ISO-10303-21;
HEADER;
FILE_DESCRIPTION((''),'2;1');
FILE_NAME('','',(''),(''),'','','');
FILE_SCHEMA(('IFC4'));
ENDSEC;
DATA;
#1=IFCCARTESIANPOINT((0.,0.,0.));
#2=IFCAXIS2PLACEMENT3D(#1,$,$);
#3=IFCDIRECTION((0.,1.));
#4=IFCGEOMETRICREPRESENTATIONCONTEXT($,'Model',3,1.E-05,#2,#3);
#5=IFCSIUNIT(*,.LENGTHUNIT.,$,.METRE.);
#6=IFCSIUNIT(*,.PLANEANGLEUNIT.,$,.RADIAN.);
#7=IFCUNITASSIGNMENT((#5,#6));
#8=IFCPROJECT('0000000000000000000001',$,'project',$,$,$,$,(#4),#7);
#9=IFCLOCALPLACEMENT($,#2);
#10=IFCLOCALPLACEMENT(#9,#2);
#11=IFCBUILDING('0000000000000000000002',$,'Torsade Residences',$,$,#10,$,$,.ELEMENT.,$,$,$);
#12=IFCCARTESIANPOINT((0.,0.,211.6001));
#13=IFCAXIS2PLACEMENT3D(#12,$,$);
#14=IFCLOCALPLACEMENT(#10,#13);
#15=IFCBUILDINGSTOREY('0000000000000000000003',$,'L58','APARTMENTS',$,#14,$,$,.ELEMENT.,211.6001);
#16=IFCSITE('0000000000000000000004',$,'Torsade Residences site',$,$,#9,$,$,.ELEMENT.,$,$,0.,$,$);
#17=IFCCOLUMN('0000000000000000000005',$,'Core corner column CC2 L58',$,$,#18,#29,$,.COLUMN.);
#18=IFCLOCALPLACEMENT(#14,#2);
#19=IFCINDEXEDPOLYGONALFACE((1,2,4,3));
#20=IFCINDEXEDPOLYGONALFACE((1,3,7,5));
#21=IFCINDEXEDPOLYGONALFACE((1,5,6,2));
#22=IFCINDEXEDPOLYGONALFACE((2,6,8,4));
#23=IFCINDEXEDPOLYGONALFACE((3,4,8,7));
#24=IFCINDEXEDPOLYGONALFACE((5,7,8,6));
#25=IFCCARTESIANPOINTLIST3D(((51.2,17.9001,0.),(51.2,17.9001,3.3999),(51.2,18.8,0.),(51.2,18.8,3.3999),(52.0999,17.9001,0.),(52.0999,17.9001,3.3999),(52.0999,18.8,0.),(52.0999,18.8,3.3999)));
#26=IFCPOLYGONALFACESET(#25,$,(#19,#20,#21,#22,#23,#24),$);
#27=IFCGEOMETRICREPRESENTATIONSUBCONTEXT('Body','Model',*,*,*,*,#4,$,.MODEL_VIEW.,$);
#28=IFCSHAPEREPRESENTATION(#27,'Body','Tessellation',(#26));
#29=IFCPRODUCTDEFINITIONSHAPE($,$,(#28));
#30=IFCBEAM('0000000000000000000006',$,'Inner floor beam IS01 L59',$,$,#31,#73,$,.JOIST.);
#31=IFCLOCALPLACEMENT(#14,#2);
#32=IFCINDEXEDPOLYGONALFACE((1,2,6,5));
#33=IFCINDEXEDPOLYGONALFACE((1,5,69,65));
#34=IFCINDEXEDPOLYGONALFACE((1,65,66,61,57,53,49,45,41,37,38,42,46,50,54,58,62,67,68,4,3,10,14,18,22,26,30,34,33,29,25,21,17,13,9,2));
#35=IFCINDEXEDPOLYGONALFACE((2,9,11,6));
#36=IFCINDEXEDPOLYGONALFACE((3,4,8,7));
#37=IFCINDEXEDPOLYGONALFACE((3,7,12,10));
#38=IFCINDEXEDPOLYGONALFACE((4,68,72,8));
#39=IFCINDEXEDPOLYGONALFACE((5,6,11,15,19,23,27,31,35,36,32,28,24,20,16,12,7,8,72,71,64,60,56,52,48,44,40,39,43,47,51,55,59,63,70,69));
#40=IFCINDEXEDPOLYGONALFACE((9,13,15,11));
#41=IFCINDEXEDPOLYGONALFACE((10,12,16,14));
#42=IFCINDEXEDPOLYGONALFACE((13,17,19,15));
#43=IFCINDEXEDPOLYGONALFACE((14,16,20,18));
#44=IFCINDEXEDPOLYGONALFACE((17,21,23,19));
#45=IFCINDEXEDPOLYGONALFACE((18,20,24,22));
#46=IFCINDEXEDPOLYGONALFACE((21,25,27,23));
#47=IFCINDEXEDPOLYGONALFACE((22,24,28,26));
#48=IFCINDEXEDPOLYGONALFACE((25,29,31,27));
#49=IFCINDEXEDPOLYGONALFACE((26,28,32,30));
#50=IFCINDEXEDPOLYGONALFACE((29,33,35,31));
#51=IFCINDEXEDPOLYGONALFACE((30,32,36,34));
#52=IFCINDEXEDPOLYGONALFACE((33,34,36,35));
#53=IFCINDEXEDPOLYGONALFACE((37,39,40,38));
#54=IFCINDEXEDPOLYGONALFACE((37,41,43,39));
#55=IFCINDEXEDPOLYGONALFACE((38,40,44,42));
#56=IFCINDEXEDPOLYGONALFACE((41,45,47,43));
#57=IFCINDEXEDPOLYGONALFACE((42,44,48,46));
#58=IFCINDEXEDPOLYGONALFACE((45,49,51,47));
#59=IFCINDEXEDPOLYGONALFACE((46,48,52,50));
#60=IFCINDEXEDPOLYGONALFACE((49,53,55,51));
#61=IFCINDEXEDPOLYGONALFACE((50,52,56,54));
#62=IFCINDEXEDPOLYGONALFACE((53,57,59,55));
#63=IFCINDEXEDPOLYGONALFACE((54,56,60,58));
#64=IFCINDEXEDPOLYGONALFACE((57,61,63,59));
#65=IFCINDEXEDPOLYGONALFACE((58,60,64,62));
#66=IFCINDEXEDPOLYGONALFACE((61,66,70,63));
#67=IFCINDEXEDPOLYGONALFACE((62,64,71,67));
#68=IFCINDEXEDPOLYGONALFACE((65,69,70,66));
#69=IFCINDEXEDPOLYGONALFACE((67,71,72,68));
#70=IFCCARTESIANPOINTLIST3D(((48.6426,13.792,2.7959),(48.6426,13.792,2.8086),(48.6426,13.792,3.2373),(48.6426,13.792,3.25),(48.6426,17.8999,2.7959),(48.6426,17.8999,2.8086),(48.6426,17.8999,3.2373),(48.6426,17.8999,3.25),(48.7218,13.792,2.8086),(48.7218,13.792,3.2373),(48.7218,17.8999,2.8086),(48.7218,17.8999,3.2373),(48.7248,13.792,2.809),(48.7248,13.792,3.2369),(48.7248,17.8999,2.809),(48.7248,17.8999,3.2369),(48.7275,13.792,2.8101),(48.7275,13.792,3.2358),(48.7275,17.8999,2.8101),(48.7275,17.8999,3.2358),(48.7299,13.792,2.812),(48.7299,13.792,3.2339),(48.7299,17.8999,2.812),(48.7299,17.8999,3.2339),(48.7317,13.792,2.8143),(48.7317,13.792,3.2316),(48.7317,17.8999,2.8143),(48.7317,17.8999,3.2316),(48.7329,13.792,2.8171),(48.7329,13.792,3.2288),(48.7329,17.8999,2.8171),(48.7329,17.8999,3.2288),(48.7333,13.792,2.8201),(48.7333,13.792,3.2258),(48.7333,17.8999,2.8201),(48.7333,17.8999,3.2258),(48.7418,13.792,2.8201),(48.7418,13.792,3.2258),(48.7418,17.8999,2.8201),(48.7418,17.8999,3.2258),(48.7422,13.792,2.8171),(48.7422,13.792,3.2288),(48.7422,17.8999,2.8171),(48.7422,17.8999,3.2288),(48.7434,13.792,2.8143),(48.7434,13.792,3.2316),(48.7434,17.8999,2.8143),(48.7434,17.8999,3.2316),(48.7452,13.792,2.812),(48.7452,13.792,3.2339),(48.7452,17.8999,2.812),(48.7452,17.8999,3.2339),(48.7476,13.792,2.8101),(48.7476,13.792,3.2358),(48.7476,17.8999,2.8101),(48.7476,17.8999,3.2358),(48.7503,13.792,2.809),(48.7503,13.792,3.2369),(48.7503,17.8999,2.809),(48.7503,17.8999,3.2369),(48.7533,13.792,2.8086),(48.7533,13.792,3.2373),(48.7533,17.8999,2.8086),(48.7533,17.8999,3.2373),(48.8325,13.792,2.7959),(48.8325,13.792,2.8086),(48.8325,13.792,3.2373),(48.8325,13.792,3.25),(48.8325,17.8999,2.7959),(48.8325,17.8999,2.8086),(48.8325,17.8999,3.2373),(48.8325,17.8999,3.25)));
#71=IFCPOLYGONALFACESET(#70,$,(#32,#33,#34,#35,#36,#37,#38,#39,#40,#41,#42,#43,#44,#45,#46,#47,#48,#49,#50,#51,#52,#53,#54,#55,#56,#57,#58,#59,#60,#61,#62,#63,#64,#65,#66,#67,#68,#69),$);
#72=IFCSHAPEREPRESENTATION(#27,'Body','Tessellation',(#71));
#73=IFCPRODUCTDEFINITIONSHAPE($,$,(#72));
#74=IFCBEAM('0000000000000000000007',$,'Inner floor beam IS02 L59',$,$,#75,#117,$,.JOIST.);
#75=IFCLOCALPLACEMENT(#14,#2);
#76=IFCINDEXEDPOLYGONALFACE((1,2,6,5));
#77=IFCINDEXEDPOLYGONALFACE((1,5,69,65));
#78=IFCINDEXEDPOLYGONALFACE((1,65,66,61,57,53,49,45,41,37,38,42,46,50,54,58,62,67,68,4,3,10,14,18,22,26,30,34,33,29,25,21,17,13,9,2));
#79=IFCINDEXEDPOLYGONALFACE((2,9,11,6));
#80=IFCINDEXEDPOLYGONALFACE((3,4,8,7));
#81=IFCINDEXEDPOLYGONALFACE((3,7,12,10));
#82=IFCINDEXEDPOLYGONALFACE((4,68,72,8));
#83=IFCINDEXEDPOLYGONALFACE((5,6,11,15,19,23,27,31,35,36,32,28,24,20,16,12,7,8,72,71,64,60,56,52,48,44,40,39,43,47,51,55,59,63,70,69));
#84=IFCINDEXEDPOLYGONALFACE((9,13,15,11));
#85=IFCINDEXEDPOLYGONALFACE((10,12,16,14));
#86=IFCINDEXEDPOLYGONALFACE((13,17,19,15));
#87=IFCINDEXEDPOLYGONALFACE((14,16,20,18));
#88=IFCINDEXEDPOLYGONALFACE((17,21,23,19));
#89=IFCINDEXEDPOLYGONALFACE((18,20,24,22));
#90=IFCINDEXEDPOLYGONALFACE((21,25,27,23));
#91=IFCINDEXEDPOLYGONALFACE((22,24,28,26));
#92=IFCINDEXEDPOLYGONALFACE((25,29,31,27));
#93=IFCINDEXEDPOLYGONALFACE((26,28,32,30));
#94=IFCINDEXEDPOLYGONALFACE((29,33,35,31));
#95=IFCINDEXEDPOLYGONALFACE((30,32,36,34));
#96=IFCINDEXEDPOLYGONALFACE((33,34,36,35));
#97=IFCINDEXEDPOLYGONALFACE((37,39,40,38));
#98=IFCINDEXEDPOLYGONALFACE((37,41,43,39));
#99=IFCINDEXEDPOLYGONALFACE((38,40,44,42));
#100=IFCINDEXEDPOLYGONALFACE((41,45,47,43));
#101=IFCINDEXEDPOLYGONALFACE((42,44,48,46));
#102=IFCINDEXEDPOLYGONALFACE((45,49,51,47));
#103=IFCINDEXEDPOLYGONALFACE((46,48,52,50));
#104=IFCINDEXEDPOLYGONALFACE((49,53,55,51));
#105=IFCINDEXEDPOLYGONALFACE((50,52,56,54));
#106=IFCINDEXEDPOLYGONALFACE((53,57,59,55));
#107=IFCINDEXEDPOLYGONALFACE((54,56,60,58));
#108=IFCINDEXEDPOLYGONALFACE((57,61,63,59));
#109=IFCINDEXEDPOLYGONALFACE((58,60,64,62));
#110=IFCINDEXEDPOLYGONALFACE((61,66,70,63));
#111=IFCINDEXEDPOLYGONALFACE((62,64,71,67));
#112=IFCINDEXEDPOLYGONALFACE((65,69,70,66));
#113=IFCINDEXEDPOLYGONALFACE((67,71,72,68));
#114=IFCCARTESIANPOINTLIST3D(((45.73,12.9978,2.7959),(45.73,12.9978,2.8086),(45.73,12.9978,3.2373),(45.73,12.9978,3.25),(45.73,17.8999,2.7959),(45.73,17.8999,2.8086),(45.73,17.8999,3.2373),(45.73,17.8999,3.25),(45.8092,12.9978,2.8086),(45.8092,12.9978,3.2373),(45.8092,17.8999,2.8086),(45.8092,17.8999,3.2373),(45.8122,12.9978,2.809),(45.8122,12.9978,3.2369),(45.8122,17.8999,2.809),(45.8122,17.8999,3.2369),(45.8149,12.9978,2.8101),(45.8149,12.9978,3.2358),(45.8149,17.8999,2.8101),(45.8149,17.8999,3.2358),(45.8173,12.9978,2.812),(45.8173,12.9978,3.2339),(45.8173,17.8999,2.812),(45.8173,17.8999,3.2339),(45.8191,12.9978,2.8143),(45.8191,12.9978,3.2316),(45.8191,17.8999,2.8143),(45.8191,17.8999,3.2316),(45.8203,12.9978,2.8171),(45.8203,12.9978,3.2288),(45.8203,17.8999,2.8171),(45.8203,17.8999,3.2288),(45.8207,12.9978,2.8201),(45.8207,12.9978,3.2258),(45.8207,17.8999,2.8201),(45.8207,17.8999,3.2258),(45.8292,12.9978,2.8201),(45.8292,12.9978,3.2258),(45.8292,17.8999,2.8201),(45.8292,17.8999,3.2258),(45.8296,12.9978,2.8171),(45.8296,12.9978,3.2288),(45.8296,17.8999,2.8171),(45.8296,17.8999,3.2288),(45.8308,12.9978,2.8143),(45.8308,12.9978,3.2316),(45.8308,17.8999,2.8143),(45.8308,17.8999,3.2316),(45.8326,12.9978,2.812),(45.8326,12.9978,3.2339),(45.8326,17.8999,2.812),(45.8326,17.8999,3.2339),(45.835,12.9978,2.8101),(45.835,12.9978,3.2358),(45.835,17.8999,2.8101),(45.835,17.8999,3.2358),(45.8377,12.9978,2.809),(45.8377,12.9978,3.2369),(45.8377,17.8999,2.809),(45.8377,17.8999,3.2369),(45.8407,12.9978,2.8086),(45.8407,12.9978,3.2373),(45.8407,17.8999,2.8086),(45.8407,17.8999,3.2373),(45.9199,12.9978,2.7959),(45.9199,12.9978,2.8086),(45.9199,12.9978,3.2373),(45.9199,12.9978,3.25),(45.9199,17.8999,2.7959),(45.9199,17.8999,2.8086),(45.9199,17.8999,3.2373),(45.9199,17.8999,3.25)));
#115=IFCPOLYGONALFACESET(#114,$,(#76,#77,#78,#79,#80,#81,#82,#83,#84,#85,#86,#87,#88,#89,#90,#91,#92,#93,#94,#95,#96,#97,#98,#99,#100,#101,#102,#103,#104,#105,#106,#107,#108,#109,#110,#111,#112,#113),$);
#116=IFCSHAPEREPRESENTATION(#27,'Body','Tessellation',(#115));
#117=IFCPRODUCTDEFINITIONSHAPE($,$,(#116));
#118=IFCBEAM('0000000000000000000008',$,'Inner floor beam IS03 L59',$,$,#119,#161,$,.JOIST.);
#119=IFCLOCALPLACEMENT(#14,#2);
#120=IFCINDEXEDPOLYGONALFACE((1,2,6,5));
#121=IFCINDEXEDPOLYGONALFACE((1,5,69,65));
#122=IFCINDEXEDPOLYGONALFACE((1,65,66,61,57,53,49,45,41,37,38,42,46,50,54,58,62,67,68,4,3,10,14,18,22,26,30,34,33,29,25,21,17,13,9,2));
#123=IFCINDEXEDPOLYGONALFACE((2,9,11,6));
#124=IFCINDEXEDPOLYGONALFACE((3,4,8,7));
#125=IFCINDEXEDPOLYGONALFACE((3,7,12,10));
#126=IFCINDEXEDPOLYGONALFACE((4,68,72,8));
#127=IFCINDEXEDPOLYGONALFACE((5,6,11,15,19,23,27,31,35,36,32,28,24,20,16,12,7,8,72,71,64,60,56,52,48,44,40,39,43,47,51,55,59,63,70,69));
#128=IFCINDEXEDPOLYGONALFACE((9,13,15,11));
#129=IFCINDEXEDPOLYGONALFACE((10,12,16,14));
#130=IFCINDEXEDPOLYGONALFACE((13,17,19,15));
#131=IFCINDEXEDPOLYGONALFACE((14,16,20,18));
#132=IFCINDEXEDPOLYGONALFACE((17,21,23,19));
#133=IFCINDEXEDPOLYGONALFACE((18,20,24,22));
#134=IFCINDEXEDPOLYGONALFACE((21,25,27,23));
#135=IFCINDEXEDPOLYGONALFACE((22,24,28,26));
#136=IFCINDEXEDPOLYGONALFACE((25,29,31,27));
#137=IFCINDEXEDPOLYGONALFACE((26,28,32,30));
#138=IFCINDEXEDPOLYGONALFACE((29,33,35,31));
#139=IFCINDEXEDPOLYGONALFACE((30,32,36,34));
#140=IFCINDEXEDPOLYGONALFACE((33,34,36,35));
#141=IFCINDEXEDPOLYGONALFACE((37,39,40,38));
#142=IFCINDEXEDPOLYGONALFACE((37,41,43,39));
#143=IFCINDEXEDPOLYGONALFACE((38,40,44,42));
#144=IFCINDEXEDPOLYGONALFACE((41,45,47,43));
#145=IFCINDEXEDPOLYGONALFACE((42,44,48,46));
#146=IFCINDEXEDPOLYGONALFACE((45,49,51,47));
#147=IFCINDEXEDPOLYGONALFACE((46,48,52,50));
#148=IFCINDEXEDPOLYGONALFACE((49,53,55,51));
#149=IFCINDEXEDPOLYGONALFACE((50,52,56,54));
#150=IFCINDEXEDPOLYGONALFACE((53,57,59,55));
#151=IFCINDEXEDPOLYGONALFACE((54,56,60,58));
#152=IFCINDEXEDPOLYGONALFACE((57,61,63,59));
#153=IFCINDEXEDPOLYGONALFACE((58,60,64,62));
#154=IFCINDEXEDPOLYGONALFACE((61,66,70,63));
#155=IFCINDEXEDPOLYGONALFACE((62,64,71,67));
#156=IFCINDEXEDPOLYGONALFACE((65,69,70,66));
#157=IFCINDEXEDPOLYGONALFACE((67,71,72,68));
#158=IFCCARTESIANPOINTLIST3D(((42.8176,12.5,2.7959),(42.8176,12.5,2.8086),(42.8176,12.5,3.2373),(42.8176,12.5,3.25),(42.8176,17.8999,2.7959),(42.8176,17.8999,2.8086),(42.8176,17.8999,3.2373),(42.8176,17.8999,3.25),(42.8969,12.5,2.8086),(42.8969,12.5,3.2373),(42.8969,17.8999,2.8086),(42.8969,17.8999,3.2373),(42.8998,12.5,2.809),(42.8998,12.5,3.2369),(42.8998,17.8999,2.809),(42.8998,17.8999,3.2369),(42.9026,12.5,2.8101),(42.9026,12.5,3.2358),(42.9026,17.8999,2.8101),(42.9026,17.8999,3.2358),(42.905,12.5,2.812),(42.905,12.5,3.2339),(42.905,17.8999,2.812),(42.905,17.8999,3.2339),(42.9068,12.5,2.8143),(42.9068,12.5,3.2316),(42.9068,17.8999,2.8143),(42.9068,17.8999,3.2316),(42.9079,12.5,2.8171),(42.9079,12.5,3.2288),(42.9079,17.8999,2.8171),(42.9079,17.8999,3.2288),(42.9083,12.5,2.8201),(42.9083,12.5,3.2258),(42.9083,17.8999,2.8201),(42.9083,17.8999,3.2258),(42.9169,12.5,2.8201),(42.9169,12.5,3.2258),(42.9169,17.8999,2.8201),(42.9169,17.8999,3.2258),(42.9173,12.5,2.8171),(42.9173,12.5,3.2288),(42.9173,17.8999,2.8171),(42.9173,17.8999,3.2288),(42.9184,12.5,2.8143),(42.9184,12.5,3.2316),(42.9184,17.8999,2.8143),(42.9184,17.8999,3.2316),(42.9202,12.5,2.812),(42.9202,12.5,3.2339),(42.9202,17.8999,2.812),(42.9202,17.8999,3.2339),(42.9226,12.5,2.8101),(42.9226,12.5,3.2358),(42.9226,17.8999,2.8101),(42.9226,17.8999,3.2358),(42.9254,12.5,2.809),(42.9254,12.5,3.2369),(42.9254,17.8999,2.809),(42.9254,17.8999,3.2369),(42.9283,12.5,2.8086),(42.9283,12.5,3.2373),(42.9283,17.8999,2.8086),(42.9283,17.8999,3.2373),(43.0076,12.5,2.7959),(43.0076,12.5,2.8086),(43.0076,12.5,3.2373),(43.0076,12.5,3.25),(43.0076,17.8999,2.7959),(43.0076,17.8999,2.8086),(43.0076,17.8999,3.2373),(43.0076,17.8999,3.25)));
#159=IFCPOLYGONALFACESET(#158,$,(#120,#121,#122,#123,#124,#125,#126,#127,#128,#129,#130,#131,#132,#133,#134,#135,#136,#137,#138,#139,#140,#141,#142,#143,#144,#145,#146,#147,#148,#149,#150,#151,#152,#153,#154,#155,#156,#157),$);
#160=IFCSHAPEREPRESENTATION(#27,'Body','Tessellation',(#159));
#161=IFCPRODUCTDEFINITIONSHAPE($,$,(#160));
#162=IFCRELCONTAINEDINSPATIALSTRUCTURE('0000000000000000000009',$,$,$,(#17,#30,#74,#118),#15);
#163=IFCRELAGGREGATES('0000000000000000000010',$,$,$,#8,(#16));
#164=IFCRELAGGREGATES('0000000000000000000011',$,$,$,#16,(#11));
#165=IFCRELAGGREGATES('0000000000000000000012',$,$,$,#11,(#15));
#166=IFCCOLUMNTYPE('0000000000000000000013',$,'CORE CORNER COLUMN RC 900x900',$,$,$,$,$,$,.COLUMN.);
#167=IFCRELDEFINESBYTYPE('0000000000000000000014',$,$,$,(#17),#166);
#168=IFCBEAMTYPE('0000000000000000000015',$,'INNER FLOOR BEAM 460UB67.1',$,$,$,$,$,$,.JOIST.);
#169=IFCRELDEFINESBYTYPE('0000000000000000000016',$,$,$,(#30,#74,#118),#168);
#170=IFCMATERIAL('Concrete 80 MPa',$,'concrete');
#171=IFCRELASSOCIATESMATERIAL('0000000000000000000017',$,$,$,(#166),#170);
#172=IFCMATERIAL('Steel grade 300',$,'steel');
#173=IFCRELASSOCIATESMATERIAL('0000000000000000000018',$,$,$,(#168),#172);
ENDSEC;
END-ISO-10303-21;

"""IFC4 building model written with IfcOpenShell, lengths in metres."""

from ifc_helpers import new_model, si_unit, direction, frame, origin, origin_2d, place, context, subcontext, project, spatial, rectangle, i_section, extrude, material, material_profile, profile_set, type_object, element, save


model = new_model("IFC4")

# Units and contexts
model_context = context("Model", 3, precision=1e-05, world=origin(), true_north=direction((0.0, 1.0)))
body_context = subcontext(model_context, "Body", "Model", "MODEL_VIEW")
ifc_project = project(units=[si_unit("LENGTHUNIT", "METRE"), si_unit("PLANEANGLEUNIT", "RADIAN")], contexts=[model_context])

# Site, building, storey
site_placement = place(None, origin())
site = spatial("IfcSite", under=ifc_project, at=site_placement, Name="Torsade Residences site", CompositionType="ELEMENT", RefElevation=0.0)
building_placement = place(site_placement, origin())
building = spatial("IfcBuilding", under=site, at=building_placement, Name="Torsade Residences", CompositionType="ELEMENT")
storey_placement = place(building_placement, frame((0.0, 0.0, 211.6001)))
storey = spatial("IfcBuildingStorey", under=building, at=storey_placement, Name="L58", Description="APARTMENTS", CompositionType="ELEMENT", Elevation=211.6001)

# Column
ifc_material_1 = material(Name="Concrete 80 MPa", Category="concrete")
ifc_material_profile_1 = material_profile(ifc_material_1, rectangle(XDim=0.8999, YDim=0.8999, at=origin_2d()), Name="RC 900x900")
ifc_profile_set_1 = profile_set([ifc_material_profile_1], Name="Concrete 80 MPa")
column_type = type_object("IfcColumnType", Name="CORE CORNER COLUMN RC 900x900", PredefinedType="COLUMN", material=ifc_profile_set_1)
column_placement = place(storey_placement, frame((51.6499, 18.3501, 0.0), z_axis=(0.0, 0.0, 1.0), x_axis=(1.0, 0.0, 0.0)))
element("IfcColumn", 1, at=column_placement, inside=storey, type_object=column_type, Name="Core corner column CC2 L58", PredefinedType="COLUMN", context=body_context, shape_type="SweptSolid", body=[
    extrude(rectangle(XDim=0.8999, YDim=0.8999, at=origin_2d()), origin(), (0.0, 0.0, 1.0), 3.3999),
])

# Beams
ifc_material_2 = material(Name="Steel grade 300", Category="steel")
ifc_material_profile_2 = material_profile(ifc_material_2, i_section(OverallWidth=0.1899, OverallDepth=0.4541, WebThickness=0.0085, FlangeThickness=0.0127, FilletRadius=0.0115, at=origin_2d()), Name="460UB67.1")
ifc_profile_set_2 = profile_set([ifc_material_profile_2], Name="Steel grade 300")
beam_type = type_object("IfcBeamType", Name="INNER FLOOR BEAM 460UB67.1", PredefinedType="JOIST", material=ifc_profile_set_2)
beam_1_placement = place(storey_placement, frame((48.7375, 17.8999, 3.0229), z_axis=(0.0, -1.0, 0.0), x_axis=(1.0, 0.0, 0.0)))
element("IfcBeam", 2, at=beam_1_placement, inside=storey, type_object=beam_type, Name="Inner floor beam IS01 L59", PredefinedType="JOIST", context=body_context, shape_type="SweptSolid", body=[
    extrude(i_section(OverallWidth=0.1899, OverallDepth=0.4541, WebThickness=0.0085, FlangeThickness=0.0127, FilletRadius=0.0115, at=origin_2d()), origin(), (0.0, 0.0, 1.0), 4.1079),
])
beam_2_placement = place(storey_placement, frame((45.825, 17.8999, 3.0229), z_axis=(0.0, -1.0, 0.0), x_axis=(1.0, 0.0, 0.0)))
element("IfcBeam", 3, at=beam_2_placement, inside=storey, type_object=beam_type, Name="Inner floor beam IS02 L59", PredefinedType="JOIST", context=body_context, shape_type="SweptSolid", body=[
    extrude(i_section(OverallWidth=0.1899, OverallDepth=0.4541, WebThickness=0.0085, FlangeThickness=0.0127, FilletRadius=0.0115, at=origin_2d()), origin(), (0.0, 0.0, 1.0), 4.9021),
])
for number, where, z_axis, x_axis, name in (
    (4, (42.9126, 17.8999, 3.0229), (0.0, -1.0, 0.0), (1.0, 0.0, 0.0), "Inner floor beam IS03 L59"),
):
    element("IfcBeam", number, at=place(storey_placement, frame(where, z_axis=z_axis, x_axis=x_axis)), inside=storey, type_object=beam_type, Name=name, PredefinedType="JOIST", context=body_context, shape_type="SweptSolid", body=[
        extrude(i_section(OverallWidth=0.1899, OverallDepth=0.4541, WebThickness=0.0085, FlangeThickness=0.0127, FilletRadius=0.0115, at=origin_2d()), origin(), (0.0, 0.0, 1.0), 5.3999),
    ])

save(model, "model.ifc")
